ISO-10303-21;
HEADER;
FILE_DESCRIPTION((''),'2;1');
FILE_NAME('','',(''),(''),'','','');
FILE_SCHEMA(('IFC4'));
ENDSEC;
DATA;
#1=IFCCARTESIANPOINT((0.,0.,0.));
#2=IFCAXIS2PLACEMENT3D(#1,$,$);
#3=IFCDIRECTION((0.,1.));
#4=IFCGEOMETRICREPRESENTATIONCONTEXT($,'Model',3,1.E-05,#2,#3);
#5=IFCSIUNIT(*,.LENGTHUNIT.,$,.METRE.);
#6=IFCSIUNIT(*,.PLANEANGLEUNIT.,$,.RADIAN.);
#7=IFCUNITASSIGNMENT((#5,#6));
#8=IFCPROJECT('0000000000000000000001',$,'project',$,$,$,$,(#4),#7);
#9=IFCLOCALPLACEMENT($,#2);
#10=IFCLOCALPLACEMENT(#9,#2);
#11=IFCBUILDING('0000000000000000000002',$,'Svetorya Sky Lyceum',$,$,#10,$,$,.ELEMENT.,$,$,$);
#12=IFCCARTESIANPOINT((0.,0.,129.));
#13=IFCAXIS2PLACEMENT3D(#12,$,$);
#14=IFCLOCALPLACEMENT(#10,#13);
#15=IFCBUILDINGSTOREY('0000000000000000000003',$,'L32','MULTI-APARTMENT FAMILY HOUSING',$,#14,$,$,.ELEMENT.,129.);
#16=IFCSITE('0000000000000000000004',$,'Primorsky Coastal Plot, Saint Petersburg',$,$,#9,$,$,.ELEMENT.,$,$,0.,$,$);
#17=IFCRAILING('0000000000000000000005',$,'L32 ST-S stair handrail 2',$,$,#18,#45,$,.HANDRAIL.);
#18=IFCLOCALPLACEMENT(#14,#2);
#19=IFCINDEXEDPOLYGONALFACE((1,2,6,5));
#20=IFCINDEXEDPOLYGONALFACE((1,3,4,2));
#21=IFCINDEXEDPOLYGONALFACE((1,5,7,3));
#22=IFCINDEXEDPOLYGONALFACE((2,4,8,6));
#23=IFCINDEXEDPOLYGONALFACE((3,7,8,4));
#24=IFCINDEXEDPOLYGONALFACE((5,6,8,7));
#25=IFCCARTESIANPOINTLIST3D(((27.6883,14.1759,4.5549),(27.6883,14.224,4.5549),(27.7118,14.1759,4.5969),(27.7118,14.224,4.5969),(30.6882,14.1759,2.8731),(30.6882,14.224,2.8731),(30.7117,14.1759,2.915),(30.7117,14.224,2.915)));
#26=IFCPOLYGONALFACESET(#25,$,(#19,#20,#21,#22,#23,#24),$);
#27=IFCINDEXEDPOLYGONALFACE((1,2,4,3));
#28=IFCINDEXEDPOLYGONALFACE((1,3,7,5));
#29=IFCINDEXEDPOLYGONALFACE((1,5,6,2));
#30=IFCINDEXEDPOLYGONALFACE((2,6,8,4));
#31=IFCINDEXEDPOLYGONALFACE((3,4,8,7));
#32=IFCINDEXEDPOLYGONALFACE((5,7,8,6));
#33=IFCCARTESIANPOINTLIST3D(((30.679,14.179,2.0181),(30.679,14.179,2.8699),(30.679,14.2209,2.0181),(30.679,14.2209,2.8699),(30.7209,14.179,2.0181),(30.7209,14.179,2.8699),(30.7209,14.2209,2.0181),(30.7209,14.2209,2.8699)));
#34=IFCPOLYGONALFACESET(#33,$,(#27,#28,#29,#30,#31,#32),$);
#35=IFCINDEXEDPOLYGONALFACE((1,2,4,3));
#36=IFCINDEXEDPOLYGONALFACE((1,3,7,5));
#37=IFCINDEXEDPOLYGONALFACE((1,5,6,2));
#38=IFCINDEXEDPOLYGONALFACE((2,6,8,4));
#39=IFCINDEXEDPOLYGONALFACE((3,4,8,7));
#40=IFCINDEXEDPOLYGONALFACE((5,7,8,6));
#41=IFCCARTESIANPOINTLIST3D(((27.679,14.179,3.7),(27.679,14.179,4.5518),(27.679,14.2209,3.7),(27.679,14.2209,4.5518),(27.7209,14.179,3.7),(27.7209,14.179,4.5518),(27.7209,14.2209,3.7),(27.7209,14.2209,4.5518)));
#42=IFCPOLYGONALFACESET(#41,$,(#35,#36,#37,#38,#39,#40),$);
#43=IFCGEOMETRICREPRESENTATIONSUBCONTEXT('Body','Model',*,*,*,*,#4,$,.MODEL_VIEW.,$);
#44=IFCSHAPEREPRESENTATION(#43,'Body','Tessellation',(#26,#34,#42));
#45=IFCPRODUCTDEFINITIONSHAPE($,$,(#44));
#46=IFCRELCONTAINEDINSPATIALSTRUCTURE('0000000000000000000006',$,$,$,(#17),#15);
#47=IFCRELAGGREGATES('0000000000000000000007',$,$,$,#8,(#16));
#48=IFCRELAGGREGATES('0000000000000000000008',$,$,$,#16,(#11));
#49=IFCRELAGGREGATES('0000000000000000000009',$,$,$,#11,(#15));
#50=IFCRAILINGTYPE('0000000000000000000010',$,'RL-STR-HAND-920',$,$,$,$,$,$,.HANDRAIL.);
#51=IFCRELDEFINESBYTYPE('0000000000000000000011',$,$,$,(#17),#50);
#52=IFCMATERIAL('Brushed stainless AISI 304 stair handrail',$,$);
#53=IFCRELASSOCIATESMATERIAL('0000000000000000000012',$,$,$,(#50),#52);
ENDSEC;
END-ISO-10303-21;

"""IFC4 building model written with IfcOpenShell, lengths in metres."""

from ifc_helpers import new_model, si_unit, direction, frame, origin, origin_2d, place, context, subcontext, project, spatial, rectangle, extrude, material, type_object, element, save


model = new_model("IFC4")

# Units and contexts
model_context = context("Model", 3, precision=1e-05, world=origin(), true_north=direction((0.0, 1.0)))
body_context = subcontext(model_context, "Body", "Model", "MODEL_VIEW")
ifc_project = project(units=[si_unit("LENGTHUNIT", "METRE"), si_unit("PLANEANGLEUNIT", "RADIAN")], contexts=[model_context])

# Site, building, storey
site_placement = place(None, origin())
site = spatial("IfcSite", under=ifc_project, at=site_placement, Name="Primorsky Coastal Plot, Saint Petersburg", CompositionType="ELEMENT", RefElevation=0.0)
building_placement = place(site_placement, origin())
building = spatial("IfcBuilding", under=site, at=building_placement, Name="Svetorya Sky Lyceum", CompositionType="ELEMENT")
storey_placement = place(building_placement, frame((0.0, 0.0, 129.0)))
storey = spatial("IfcBuildingStorey", under=building, at=storey_placement, Name="L32", Description="MULTI-APARTMENT FAMILY HOUSING", CompositionType="ELEMENT", Elevation=129.0)

# Railing
ifc_material_1 = material(Name="Brushed stainless AISI 304 stair handrail")
railing_type_1 = type_object("IfcRailingType", Name="RL-STR-HAND-920", PredefinedType="HANDRAIL", material=ifc_material_1)
railing_1_placement = place(storey_placement, frame((30.7, 14.2, 2.0181)))
element("IfcRailing", 1, at=railing_1_placement, inside=storey, type_object=railing_type_1, Name="L32 ST-S stair handrail 2", PredefinedType="HANDRAIL", context=body_context, shape_type="SweptSolid", body=[
    extrude(rectangle(XDim=0.0481, YDim=0.0481, at=origin_2d()), frame((0.0, 0.0, 0.876), z_axis=(-0.872272, 0.0, 0.48902), x_axis=(0.0, -1.0, 0.0)), (0.0, 0.0, 1.0), 3.4392),
    extrude(rectangle(XDim=0.042, YDim=0.042, at=origin_2d()), origin(), (0.0, 0.0, 1.0), 0.8518),
    extrude(rectangle(XDim=0.042, YDim=0.042, at=origin_2d()), frame((-3.0, 0.0, 1.6819)), (0.0, 0.0, 1.0), 0.8518),
])

save(model, "model.ifc")
